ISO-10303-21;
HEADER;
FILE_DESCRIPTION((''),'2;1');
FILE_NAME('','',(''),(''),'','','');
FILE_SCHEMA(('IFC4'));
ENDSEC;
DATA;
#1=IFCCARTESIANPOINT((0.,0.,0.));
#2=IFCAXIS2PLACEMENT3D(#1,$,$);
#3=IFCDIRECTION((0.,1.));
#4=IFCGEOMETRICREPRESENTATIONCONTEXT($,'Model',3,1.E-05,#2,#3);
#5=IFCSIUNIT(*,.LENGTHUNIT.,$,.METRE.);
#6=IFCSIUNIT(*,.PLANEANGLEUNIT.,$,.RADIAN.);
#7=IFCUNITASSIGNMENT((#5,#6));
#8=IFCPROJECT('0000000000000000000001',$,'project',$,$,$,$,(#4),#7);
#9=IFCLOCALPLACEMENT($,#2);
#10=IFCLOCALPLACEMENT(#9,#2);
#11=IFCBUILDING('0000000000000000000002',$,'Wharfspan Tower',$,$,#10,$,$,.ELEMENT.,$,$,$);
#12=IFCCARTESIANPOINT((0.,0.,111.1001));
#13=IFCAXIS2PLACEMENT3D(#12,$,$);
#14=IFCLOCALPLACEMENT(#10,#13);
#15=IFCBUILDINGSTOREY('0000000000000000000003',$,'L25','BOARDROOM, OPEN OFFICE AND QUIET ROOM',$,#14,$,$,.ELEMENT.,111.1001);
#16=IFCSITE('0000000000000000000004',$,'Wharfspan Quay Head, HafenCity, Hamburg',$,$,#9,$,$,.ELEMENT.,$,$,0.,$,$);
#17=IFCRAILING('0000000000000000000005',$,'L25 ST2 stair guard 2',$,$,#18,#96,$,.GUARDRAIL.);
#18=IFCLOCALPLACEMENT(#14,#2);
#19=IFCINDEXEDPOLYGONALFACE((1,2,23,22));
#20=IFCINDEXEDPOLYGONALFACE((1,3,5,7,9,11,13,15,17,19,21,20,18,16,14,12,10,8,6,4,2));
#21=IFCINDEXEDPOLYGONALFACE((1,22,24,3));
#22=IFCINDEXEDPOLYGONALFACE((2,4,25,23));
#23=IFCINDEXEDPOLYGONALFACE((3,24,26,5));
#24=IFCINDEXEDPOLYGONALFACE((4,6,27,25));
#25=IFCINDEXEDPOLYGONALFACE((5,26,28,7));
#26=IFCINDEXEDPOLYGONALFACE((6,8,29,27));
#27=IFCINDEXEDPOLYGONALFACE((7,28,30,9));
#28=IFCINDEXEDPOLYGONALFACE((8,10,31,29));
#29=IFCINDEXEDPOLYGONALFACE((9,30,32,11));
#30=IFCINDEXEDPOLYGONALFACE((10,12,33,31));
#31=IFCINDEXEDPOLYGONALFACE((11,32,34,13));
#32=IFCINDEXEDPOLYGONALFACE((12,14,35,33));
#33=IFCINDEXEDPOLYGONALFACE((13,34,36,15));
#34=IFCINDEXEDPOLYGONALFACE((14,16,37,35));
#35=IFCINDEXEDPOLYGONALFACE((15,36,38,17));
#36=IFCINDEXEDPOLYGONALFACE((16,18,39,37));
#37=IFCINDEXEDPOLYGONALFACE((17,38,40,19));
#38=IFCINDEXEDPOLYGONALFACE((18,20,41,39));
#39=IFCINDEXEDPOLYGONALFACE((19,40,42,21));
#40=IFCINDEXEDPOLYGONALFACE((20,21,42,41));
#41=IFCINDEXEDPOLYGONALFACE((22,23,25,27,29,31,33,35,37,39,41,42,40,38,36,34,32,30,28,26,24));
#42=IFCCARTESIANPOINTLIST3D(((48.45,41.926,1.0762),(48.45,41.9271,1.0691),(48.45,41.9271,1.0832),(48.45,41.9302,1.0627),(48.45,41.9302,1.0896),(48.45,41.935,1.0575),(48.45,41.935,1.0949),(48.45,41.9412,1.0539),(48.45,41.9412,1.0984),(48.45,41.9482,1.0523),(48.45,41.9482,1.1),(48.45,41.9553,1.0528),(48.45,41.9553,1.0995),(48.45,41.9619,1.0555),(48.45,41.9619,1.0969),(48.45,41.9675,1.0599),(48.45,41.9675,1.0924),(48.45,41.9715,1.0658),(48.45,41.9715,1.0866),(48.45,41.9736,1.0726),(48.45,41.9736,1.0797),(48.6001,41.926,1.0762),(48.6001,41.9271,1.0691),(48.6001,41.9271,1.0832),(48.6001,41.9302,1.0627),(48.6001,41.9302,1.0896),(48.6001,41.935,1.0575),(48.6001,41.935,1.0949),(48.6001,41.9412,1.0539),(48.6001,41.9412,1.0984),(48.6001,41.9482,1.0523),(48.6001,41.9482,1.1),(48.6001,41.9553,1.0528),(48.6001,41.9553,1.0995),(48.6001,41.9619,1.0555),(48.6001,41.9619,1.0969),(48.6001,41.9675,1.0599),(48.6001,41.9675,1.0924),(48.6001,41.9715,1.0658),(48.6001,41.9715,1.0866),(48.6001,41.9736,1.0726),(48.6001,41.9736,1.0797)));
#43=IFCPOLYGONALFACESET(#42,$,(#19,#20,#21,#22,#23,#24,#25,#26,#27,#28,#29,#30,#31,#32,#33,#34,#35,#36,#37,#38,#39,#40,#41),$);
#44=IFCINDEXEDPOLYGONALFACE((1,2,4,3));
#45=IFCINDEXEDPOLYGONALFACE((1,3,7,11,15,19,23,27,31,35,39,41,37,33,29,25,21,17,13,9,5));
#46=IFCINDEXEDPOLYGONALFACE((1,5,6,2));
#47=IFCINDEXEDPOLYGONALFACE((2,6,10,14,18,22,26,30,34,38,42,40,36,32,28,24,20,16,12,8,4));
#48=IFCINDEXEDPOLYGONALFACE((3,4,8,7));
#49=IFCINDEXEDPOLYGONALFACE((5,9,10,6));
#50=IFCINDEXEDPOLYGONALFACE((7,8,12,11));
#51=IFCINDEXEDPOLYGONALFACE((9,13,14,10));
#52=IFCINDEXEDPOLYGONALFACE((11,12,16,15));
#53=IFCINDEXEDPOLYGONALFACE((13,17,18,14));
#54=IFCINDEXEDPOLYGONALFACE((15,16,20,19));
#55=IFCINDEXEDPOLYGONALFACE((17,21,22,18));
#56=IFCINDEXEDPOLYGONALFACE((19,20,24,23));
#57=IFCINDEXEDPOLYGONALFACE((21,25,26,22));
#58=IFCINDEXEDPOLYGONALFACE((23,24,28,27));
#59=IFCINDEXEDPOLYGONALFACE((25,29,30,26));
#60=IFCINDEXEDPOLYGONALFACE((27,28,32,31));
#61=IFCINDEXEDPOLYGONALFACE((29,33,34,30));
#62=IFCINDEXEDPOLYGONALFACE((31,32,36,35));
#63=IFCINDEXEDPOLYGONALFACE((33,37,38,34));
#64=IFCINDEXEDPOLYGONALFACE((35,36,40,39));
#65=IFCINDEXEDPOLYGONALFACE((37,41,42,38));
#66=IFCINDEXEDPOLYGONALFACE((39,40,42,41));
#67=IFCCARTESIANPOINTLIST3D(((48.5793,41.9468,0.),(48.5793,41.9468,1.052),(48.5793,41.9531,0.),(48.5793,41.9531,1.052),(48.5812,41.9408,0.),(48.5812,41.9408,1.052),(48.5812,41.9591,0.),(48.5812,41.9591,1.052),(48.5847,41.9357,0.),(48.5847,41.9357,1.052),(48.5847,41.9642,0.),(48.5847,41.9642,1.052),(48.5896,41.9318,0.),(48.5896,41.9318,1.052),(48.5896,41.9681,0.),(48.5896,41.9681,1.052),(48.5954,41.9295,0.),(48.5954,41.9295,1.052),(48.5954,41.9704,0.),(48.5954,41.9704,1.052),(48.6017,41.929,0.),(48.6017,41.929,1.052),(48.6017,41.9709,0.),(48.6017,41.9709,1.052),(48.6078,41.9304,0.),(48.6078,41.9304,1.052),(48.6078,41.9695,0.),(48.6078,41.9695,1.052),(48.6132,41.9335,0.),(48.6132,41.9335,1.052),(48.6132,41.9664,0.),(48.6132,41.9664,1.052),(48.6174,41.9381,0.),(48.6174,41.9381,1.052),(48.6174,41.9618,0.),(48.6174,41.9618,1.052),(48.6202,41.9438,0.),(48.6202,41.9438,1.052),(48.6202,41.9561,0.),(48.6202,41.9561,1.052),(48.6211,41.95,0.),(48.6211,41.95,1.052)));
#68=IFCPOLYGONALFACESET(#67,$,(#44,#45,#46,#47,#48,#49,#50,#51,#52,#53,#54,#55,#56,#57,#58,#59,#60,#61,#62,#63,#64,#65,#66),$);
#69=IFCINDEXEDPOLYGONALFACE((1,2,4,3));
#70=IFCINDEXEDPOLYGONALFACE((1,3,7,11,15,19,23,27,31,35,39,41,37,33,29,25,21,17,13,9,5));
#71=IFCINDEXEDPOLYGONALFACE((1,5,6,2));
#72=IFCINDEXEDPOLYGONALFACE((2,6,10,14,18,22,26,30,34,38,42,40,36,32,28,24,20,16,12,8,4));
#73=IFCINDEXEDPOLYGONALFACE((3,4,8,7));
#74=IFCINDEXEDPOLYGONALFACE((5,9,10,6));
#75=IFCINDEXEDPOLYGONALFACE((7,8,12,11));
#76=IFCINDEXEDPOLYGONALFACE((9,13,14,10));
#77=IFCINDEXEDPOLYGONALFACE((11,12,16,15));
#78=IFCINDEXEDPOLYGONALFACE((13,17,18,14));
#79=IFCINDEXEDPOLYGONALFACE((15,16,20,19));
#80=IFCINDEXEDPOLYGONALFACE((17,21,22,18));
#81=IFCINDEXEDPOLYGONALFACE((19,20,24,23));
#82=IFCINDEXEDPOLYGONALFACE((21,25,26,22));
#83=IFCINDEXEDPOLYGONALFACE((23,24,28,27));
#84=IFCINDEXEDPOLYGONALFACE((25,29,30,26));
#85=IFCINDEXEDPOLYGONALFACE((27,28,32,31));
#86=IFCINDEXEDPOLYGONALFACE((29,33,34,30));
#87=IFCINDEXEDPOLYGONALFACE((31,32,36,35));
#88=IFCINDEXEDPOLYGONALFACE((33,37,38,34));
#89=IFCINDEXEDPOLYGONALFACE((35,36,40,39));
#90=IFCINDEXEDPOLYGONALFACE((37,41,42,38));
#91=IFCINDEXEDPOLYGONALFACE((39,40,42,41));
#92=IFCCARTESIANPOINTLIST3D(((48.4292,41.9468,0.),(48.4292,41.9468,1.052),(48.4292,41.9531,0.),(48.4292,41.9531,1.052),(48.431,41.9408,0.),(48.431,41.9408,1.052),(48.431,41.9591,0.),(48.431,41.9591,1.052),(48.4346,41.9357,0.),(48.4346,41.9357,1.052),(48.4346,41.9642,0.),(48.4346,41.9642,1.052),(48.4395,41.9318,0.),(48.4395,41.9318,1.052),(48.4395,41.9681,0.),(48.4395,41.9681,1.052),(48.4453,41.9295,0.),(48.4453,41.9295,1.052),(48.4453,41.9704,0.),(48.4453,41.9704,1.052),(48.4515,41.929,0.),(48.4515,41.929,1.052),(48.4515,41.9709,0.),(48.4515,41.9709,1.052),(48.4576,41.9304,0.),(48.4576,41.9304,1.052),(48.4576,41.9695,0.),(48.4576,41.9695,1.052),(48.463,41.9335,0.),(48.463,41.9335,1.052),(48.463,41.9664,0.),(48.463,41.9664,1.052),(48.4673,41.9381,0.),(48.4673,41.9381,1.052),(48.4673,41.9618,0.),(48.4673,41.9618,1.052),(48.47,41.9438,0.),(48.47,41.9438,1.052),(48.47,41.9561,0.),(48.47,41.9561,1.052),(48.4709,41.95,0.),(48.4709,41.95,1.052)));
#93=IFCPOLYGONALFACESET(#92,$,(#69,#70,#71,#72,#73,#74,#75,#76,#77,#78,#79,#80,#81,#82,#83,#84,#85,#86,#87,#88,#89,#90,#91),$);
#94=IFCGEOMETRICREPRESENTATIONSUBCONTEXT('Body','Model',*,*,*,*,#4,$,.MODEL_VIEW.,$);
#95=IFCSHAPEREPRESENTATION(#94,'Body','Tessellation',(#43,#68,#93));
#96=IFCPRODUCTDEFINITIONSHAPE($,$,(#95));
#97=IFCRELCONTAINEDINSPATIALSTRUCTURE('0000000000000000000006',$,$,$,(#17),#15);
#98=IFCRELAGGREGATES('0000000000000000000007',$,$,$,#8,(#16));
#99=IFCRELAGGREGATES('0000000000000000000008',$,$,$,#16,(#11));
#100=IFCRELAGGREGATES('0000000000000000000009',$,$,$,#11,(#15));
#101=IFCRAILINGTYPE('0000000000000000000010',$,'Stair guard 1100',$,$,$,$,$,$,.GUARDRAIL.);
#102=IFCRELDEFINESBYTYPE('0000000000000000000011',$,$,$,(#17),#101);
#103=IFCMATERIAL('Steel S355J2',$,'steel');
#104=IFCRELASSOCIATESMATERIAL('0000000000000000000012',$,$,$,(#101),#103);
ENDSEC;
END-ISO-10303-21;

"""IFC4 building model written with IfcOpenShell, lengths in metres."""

from ifc_helpers import new_model, si_unit, direction, frame, origin, origin_2d, place, context, subcontext, project, spatial, circle, extrude, material, type_object, element, save


model = new_model("IFC4")

# Units and contexts
model_context = context("Model", 3, precision=1e-05, world=origin(), true_north=direction((0.0, 1.0)))
body_context = subcontext(model_context, "Body", "Model", "MODEL_VIEW")
ifc_project = project(units=[si_unit("LENGTHUNIT", "METRE"), si_unit("PLANEANGLEUNIT", "RADIAN")], contexts=[model_context])

# Site, building, storey
site_placement = place(None, origin())
site = spatial("IfcSite", under=ifc_project, at=site_placement, Name="Wharfspan Quay Head, HafenCity, Hamburg", CompositionType="ELEMENT", RefElevation=0.0)
building_placement = place(site_placement, origin())
building = spatial("IfcBuilding", under=site, at=building_placement, Name="Wharfspan Tower", CompositionType="ELEMENT")
storey_placement = place(building_placement, frame((0.0, 0.0, 111.1001)))
storey = spatial("IfcBuildingStorey", under=building, at=storey_placement, Name="L25", Description="BOARDROOM, OPEN OFFICE AND QUIET ROOM", CompositionType="ELEMENT", Elevation=111.1001)

# Shared definitions
ifc_material_1 = material(Name="Steel S355J2", Category="steel")

# Railing
railing_type_1 = type_object("IfcRailingType", Name="Stair guard 1100", PredefinedType="GUARDRAIL", material=ifc_material_1)
railing_1_placement = place(storey_placement, frame((48.6001, 41.95, 0.0)))
element("IfcRailing", 1, at=railing_1_placement, inside=storey, type_object=railing_type_1, Name="L25 ST2 stair guard 2", PredefinedType="GUARDRAIL", context=body_context, shape_type="SweptSolid", body=[
    extrude(circle(Radius=0.0239, at=origin_2d()), frame((0.0, 0.0, 1.0762), z_axis=(-1.0, 0.0, 0.0), x_axis=(0.0, -1.0, 0.0)), (0.0, 0.0, 1.0), 0.1501),
    extrude(circle(Radius=0.021, at=origin_2d()), origin(), (0.0, 0.0, 1.0), 1.052),
    extrude(circle(Radius=0.021, at=origin_2d()), frame((-0.1501, 0.0, 0.0)), (0.0, 0.0, 1.0), 1.052),
])

save(model, "model.ifc")
